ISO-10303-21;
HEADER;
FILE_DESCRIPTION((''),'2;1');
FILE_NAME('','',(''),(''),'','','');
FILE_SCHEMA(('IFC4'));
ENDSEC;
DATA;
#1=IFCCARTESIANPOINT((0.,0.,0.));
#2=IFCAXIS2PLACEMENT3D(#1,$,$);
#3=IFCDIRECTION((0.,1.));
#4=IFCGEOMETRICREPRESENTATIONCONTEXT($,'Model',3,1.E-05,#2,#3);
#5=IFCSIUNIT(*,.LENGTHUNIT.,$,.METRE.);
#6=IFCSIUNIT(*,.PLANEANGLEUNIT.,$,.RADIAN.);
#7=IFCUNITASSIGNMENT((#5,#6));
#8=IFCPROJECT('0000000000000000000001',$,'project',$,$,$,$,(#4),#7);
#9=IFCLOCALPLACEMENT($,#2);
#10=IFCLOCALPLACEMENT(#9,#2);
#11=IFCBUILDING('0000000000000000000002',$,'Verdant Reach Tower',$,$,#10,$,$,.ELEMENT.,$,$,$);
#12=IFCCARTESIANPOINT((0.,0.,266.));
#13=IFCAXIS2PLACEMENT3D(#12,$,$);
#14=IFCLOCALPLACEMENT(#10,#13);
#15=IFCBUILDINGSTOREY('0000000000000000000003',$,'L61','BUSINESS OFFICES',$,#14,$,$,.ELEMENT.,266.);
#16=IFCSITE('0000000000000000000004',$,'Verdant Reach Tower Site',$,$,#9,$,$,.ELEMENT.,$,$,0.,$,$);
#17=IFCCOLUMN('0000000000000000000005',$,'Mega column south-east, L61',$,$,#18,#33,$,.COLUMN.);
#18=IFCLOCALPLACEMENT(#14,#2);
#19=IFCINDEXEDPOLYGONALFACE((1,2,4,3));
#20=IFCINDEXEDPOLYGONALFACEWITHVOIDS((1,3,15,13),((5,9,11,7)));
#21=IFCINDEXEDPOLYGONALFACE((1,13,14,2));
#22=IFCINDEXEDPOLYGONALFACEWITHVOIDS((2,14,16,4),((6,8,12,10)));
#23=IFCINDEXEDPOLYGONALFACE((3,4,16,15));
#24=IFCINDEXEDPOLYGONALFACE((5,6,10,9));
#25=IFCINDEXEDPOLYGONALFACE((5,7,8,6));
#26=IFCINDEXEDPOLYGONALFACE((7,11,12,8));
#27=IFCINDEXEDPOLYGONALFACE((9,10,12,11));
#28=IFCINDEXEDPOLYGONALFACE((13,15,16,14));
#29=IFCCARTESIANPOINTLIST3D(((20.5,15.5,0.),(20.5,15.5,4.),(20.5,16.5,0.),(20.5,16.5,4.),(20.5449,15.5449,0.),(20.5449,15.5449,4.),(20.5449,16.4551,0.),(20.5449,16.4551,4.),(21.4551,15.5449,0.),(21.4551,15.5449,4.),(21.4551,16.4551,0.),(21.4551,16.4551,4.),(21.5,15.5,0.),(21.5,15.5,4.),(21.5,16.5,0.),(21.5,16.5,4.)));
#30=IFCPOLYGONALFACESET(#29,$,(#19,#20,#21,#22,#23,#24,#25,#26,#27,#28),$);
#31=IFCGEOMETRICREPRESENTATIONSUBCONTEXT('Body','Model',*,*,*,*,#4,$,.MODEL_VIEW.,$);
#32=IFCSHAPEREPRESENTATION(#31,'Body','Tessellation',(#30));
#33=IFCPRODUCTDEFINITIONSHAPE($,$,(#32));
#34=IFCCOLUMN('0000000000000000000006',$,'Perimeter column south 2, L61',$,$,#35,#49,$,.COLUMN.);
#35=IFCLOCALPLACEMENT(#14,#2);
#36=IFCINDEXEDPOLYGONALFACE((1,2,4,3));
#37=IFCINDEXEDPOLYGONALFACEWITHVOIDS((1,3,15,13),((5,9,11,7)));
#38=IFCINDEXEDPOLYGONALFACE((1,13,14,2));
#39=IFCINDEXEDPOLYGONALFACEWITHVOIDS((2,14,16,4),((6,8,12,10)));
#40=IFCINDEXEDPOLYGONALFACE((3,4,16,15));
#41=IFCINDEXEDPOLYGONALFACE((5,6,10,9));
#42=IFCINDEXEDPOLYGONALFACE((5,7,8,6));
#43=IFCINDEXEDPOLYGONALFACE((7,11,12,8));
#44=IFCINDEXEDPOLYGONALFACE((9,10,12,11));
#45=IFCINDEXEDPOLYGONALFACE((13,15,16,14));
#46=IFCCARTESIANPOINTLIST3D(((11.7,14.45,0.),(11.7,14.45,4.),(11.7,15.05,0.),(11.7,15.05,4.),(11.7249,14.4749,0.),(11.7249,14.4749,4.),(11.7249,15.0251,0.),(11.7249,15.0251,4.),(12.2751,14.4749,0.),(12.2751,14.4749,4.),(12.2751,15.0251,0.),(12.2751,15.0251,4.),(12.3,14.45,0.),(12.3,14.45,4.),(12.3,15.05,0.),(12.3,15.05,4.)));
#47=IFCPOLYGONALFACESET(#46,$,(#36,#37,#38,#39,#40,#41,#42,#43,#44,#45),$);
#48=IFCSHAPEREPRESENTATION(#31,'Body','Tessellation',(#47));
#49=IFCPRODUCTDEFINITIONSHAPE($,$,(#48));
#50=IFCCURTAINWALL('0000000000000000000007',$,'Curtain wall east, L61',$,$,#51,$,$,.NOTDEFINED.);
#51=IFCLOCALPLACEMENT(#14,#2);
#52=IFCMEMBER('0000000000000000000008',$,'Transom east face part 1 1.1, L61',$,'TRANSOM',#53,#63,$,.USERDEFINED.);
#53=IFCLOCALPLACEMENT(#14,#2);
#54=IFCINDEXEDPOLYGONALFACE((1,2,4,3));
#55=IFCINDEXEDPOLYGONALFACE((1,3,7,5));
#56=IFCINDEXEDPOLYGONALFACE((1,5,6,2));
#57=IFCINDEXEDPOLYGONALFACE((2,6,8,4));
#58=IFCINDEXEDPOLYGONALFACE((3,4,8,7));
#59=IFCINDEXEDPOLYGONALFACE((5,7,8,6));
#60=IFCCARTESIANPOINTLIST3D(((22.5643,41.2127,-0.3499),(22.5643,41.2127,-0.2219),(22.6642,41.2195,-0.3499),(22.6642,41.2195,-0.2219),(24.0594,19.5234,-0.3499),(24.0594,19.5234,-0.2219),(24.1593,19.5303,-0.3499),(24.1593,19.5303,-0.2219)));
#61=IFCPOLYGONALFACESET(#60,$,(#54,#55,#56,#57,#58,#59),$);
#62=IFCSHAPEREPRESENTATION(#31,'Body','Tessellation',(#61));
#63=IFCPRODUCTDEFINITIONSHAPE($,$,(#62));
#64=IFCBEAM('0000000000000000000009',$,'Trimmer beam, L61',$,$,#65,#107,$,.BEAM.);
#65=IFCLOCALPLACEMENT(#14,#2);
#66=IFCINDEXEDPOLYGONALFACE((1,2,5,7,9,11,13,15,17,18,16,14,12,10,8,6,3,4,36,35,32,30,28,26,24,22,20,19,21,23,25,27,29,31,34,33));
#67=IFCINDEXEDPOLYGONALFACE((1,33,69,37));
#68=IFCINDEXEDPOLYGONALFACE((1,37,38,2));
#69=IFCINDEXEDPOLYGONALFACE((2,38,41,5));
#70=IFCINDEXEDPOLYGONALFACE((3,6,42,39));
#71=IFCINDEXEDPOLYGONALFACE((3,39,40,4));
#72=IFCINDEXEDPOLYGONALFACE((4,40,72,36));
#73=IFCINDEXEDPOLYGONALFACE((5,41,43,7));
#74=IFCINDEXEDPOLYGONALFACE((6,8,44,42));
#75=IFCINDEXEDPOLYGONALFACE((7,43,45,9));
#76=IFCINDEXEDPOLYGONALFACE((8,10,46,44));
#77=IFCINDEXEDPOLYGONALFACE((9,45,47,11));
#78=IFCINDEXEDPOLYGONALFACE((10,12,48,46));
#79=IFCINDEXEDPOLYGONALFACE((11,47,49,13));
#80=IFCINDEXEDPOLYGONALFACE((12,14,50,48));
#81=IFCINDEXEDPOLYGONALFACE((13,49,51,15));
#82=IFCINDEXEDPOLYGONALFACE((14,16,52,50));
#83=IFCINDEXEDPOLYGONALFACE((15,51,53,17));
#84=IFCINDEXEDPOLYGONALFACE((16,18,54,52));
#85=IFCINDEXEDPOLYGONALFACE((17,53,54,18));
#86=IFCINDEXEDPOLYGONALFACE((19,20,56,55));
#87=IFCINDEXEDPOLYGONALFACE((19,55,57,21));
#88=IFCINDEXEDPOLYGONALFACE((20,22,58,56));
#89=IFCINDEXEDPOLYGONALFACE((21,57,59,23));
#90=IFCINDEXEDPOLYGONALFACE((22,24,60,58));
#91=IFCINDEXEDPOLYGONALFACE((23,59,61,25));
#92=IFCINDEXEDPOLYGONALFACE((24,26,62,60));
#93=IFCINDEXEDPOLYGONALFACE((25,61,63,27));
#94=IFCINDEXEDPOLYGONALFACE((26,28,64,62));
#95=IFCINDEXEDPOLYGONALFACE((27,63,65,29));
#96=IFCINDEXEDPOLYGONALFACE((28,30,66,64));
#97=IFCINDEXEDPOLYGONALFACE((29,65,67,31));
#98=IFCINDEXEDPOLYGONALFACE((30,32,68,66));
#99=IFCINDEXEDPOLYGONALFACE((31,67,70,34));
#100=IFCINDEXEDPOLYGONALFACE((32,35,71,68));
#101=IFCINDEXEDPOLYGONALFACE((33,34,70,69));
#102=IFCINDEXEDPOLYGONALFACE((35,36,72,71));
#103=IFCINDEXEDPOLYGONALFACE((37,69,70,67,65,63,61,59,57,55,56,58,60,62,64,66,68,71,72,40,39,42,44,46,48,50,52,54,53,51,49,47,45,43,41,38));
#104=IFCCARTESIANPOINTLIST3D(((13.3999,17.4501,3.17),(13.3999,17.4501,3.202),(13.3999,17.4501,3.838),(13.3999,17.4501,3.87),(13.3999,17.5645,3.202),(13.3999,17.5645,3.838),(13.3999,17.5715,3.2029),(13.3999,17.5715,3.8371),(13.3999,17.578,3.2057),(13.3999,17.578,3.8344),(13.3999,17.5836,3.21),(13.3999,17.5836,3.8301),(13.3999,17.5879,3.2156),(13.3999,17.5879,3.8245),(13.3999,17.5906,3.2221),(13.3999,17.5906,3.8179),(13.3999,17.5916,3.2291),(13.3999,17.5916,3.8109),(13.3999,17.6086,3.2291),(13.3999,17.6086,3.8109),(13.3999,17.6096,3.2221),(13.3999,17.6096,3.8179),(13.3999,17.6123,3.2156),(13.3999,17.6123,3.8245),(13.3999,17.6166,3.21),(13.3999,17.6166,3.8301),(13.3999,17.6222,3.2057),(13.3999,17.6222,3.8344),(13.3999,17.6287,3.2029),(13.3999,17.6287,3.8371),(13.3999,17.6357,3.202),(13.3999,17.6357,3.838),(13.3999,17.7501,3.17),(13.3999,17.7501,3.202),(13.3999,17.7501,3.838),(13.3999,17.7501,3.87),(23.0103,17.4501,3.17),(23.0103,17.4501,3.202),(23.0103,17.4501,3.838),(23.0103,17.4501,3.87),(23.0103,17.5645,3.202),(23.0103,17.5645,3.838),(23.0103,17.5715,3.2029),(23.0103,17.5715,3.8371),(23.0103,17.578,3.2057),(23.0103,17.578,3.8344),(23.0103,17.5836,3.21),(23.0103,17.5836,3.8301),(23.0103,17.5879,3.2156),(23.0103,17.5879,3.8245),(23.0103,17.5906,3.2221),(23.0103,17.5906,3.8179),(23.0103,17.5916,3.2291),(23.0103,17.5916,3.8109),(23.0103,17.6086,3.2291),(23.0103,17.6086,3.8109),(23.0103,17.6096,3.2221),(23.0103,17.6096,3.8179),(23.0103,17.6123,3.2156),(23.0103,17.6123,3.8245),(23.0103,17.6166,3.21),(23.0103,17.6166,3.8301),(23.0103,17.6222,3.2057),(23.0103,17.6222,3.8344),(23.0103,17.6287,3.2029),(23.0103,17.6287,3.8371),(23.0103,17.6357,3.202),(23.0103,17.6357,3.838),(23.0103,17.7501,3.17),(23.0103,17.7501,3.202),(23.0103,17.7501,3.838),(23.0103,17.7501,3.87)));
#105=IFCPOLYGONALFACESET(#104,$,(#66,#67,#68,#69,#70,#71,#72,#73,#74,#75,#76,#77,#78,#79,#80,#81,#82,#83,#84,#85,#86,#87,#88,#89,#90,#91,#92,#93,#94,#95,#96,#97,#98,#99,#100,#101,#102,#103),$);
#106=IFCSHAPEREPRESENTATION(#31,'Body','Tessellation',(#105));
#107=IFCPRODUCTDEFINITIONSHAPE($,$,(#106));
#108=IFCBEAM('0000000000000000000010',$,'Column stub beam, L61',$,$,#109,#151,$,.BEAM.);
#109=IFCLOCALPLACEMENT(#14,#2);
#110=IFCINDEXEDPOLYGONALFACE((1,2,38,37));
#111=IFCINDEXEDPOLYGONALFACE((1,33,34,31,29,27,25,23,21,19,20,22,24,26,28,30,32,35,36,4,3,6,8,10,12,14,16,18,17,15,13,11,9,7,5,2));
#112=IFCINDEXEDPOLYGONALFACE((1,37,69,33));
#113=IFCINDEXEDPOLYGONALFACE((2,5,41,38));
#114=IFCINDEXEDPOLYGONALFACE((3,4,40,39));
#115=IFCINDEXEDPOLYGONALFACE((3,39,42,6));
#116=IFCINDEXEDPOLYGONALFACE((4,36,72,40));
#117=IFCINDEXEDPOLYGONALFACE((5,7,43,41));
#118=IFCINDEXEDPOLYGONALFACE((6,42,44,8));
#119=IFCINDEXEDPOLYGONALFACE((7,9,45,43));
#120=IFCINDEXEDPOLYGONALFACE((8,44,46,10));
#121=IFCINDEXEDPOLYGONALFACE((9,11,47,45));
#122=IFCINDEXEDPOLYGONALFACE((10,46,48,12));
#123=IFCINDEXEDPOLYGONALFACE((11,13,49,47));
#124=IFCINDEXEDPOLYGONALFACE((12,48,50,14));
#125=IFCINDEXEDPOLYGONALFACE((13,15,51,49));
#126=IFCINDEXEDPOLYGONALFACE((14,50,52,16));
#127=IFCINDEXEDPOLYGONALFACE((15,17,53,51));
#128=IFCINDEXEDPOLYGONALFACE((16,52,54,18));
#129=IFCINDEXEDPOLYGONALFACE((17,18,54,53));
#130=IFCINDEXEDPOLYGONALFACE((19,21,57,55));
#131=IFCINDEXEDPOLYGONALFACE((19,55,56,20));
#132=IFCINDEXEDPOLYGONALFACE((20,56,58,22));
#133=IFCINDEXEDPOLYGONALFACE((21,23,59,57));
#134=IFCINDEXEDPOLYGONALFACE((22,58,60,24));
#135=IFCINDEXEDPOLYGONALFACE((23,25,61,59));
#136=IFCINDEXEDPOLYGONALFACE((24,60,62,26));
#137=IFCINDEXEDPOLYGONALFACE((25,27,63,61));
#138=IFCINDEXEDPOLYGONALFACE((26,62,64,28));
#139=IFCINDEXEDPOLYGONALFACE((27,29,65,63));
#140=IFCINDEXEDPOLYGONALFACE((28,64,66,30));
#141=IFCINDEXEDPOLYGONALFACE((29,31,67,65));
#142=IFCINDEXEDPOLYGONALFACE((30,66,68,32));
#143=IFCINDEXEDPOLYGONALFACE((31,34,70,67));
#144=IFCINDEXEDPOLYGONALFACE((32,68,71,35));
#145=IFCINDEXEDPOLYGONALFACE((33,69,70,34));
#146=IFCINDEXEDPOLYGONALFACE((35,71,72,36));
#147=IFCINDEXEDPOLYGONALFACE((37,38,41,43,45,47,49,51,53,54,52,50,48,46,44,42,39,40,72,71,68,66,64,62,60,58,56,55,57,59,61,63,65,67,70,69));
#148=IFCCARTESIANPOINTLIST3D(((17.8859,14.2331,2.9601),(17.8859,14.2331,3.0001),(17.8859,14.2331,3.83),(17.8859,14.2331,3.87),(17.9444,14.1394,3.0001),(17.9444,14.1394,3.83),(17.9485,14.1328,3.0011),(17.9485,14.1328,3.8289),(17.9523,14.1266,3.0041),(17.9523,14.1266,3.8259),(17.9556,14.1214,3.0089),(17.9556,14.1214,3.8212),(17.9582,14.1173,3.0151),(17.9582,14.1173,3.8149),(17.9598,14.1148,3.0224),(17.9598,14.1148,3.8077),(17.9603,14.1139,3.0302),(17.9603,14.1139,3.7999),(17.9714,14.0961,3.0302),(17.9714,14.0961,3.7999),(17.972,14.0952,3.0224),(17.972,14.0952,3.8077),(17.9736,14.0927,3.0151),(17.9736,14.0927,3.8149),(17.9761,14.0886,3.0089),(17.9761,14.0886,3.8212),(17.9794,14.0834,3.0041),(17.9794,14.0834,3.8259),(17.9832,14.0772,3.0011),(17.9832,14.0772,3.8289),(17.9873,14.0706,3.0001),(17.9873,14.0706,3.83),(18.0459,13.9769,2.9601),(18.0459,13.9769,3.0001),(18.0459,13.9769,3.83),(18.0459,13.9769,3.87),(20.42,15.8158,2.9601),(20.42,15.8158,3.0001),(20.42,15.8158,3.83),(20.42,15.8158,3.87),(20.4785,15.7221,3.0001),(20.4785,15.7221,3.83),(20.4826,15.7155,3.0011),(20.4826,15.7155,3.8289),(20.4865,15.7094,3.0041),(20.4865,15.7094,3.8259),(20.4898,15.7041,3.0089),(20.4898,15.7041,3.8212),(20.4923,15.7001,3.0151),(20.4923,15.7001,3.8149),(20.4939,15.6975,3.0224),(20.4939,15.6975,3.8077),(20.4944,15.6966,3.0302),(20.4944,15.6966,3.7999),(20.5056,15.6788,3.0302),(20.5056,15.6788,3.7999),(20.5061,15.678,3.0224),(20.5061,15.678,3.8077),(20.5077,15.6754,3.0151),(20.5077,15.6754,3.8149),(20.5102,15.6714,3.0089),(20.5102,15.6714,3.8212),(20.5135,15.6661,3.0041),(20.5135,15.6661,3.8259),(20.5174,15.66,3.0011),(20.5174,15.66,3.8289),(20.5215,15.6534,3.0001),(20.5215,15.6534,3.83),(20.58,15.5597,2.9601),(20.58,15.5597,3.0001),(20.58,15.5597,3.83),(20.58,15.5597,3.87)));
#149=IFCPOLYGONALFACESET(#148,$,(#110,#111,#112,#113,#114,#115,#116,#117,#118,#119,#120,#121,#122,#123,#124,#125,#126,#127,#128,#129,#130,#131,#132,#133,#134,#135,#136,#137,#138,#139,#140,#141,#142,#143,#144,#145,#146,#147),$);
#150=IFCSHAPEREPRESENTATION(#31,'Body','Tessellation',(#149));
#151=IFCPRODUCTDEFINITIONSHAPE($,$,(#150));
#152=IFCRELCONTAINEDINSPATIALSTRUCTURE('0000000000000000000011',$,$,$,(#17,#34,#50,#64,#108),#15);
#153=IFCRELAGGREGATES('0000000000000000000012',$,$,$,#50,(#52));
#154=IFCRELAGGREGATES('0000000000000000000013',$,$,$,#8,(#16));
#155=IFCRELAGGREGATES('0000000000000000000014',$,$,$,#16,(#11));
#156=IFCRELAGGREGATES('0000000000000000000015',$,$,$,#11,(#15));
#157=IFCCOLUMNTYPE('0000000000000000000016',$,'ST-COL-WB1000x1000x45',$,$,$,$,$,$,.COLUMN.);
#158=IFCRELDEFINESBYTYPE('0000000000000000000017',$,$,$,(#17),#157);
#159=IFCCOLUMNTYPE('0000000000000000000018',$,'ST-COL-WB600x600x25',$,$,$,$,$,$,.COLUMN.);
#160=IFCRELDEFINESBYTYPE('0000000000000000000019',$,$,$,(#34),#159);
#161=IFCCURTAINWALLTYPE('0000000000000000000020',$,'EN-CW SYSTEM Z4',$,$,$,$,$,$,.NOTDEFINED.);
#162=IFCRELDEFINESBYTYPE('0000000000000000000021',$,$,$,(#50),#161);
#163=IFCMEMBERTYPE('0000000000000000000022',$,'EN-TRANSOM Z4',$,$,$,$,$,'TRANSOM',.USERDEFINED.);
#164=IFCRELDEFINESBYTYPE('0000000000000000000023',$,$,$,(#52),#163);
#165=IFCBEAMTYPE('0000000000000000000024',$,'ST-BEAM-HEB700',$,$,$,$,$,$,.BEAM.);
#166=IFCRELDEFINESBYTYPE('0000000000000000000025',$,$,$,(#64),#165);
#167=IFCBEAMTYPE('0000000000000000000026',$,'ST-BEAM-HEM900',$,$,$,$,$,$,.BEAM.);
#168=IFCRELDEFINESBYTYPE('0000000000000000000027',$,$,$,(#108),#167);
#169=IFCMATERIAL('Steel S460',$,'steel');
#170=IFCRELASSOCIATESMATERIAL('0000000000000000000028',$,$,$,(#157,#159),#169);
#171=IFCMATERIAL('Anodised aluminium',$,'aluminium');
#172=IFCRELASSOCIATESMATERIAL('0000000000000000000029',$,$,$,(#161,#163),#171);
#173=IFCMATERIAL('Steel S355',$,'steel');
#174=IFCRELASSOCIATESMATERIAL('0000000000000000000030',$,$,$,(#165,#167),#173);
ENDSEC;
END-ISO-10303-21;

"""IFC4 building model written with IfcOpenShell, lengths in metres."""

from ifc_helpers import new_model, si_unit, direction, frame, origin, origin_2d, place, context, subcontext, project, spatial, rectangle, hollow_rectangle, i_section, extrude, material, material_profile, profile_set, type_object, element, aggregate, save


model = new_model("IFC4")

# Units and contexts
model_context = context("Model", 3, precision=1e-05, world=origin(), true_north=direction((0.0, 1.0)))
body_context = subcontext(model_context, "Body", "Model", "MODEL_VIEW")
ifc_project = project(units=[si_unit("LENGTHUNIT", "METRE"), si_unit("PLANEANGLEUNIT", "RADIAN")], contexts=[model_context])

# Site, building, storey
site_placement = place(None, origin())
site = spatial("IfcSite", under=ifc_project, at=site_placement, Name="Verdant Reach Tower Site", CompositionType="ELEMENT", RefElevation=0.0)
building_placement = place(site_placement, origin())
building = spatial("IfcBuilding", under=site, at=building_placement, Name="Verdant Reach Tower", CompositionType="ELEMENT")
storey_placement = place(building_placement, frame((0.0, 0.0, 266.0)))
storey = spatial("IfcBuildingStorey", under=building, at=storey_placement, Name="L61", Description="BUSINESS OFFICES", CompositionType="ELEMENT", Elevation=266.0)

# Columns
ifc_material_1 = material(Name="Steel S460", Category="steel")
ifc_material_profile_1 = material_profile(ifc_material_1, hollow_rectangle(XDim=1.0, YDim=1.0, WallThickness=0.0449, at=origin_2d()), Name="WB 1000x1000x45")
ifc_profile_set_1 = profile_set([ifc_material_profile_1], Name="Steel S460")
column_type_1 = type_object("IfcColumnType", Name="ST-COL-WB1000x1000x45", PredefinedType="COLUMN", material=ifc_profile_set_1)
column_1_placement = place(storey_placement, frame((21.0, 16.0, 0.0), z_axis=(0.0, 0.0, 1.0), x_axis=(1.0, 0.0, 0.0)))
element("IfcColumn", 1, at=column_1_placement, inside=storey, type_object=column_type_1, Name="Mega column south-east, L61", PredefinedType="COLUMN", context=body_context, shape_type="SweptSolid", body=[
    extrude(hollow_rectangle(XDim=1.0, YDim=1.0, WallThickness=0.0449, at=origin_2d()), origin(), (0.0, 0.0, 1.0), 4.0),
])
ifc_material_profile_2 = material_profile(ifc_material_1, hollow_rectangle(XDim=0.6001, YDim=0.6001, WallThickness=0.0249, at=origin_2d()), Name="WB 600x600x25")
ifc_profile_set_2 = profile_set([ifc_material_profile_2], Name="Steel S460")
column_type_2 = type_object("IfcColumnType", Name="ST-COL-WB600x600x25", PredefinedType="COLUMN", material=ifc_profile_set_2)
column_2_placement = place(storey_placement, frame((12.0, 14.75, 0.0), z_axis=(0.0, 0.0, 1.0), x_axis=(1.0, 0.0, 0.0)))
element("IfcColumn", 2, at=column_2_placement, inside=storey, type_object=column_type_2, Name="Perimeter column south 2, L61", PredefinedType="COLUMN", context=body_context, shape_type="SweptSolid", body=[
    extrude(hollow_rectangle(XDim=0.6001, YDim=0.6001, WallThickness=0.0249, at=origin_2d()), origin(), (0.0, 0.0, 1.0), 4.0),
])

# Curtain wall, member
ifc_material_2 = material(Name="Anodised aluminium", Category="aluminium")
curtain_wall_type = type_object("IfcCurtainWallType", Name="EN-CW SYSTEM Z4", PredefinedType="NOTDEFINED", material=ifc_material_2)
curtain_wall_1_placement = place(storey_placement, origin())
curtain_wall_1 = element("IfcCurtainWall", 3, at=curtain_wall_1_placement, inside=storey, type_object=curtain_wall_type, Name="Curtain wall east, L61", PredefinedType="NOTDEFINED")
ifc_material_profile_3 = material_profile(ifc_material_2, rectangle(XDim=0.1001, YDim=0.1279, at=origin_2d()), Name="Transom 128x100")
ifc_profile_set_3 = profile_set([ifc_material_profile_3], Name="Anodised aluminium")
member_type = type_object("IfcMemberType", Name="EN-TRANSOM Z4", ElementType="TRANSOM", PredefinedType="USERDEFINED", material=ifc_profile_set_3)
member_placement = place(storey_placement, frame((24.1094, 19.5269, -0.2859), z_axis=(-0.06877, 0.997633, 0.0), x_axis=(-0.997633, -0.06877, 0.0)))
member = element("IfcMember", 4, at=member_placement, type_object=member_type, Name="Transom east face part 1 1.1, L61", ObjectType="TRANSOM", PredefinedType="USERDEFINED", context=body_context, shape_type="SweptSolid", body=[
    extrude(rectangle(XDim=0.1001, YDim=0.1279, at=origin_2d()), origin(), (0.0, 0.0, 1.0), 21.7407),
])
aggregate(curtain_wall_1, [member])

# Beams
ifc_material_3 = material(Name="Steel S355", Category="steel")
ifc_material_profile_4 = material_profile(ifc_material_3, i_section(OverallWidth=0.3, OverallDepth=0.7, WebThickness=0.0171, FlangeThickness=0.032, FilletRadius=0.0271, at=origin_2d()), Name="HEB 700")
ifc_profile_set_4 = profile_set([ifc_material_profile_4], Name="Steel S355")
beam_type_1 = type_object("IfcBeamType", Name="ST-BEAM-HEB700", PredefinedType="BEAM", material=ifc_profile_set_4)
beam_1_placement = place(storey_placement, frame((13.3999, 17.6001, 3.52), z_axis=(1.0, 0.0, 0.0), x_axis=(0.0, 1.0, 0.0)))
element("IfcBeam", 5, at=beam_1_placement, inside=storey, type_object=beam_type_1, Name="Trimmer beam, L61", PredefinedType="BEAM", context=body_context, shape_type="SweptSolid", body=[
    extrude(i_section(OverallWidth=0.3, OverallDepth=0.7, WebThickness=0.0171, FlangeThickness=0.032, FilletRadius=0.0271, at=origin_2d()), origin(), (0.0, 0.0, 1.0), 9.6104),
])
ifc_material_profile_5 = material_profile(ifc_material_3, i_section(OverallWidth=0.302, OverallDepth=0.9099, WebThickness=0.021, FlangeThickness=0.04, FilletRadius=0.03, at=origin_2d()), Name="HEM 900")
ifc_profile_set_5 = profile_set([ifc_material_profile_5], Name="Steel S355")
beam_type_2 = type_object("IfcBeamType", Name="ST-BEAM-HEM900", PredefinedType="BEAM", material=ifc_profile_set_5)
beam_2_placement = place(storey_placement, frame((20.5, 15.6877, 3.415), z_axis=(-0.848164, -0.529735, 0.0), x_axis=(0.529735, -0.848164, 0.0)))
element("IfcBeam", 6, at=beam_2_placement, inside=storey, type_object=beam_type_2, Name="Column stub beam, L61", PredefinedType="BEAM", context=body_context, shape_type="SweptSolid", body=[
    extrude(i_section(OverallWidth=0.302, OverallDepth=0.9099, WebThickness=0.021, FlangeThickness=0.04, FilletRadius=0.03, at=origin_2d()), origin(), (0.0, 0.0, 1.0), 2.9878),
])

save(model, "model.ifc")
